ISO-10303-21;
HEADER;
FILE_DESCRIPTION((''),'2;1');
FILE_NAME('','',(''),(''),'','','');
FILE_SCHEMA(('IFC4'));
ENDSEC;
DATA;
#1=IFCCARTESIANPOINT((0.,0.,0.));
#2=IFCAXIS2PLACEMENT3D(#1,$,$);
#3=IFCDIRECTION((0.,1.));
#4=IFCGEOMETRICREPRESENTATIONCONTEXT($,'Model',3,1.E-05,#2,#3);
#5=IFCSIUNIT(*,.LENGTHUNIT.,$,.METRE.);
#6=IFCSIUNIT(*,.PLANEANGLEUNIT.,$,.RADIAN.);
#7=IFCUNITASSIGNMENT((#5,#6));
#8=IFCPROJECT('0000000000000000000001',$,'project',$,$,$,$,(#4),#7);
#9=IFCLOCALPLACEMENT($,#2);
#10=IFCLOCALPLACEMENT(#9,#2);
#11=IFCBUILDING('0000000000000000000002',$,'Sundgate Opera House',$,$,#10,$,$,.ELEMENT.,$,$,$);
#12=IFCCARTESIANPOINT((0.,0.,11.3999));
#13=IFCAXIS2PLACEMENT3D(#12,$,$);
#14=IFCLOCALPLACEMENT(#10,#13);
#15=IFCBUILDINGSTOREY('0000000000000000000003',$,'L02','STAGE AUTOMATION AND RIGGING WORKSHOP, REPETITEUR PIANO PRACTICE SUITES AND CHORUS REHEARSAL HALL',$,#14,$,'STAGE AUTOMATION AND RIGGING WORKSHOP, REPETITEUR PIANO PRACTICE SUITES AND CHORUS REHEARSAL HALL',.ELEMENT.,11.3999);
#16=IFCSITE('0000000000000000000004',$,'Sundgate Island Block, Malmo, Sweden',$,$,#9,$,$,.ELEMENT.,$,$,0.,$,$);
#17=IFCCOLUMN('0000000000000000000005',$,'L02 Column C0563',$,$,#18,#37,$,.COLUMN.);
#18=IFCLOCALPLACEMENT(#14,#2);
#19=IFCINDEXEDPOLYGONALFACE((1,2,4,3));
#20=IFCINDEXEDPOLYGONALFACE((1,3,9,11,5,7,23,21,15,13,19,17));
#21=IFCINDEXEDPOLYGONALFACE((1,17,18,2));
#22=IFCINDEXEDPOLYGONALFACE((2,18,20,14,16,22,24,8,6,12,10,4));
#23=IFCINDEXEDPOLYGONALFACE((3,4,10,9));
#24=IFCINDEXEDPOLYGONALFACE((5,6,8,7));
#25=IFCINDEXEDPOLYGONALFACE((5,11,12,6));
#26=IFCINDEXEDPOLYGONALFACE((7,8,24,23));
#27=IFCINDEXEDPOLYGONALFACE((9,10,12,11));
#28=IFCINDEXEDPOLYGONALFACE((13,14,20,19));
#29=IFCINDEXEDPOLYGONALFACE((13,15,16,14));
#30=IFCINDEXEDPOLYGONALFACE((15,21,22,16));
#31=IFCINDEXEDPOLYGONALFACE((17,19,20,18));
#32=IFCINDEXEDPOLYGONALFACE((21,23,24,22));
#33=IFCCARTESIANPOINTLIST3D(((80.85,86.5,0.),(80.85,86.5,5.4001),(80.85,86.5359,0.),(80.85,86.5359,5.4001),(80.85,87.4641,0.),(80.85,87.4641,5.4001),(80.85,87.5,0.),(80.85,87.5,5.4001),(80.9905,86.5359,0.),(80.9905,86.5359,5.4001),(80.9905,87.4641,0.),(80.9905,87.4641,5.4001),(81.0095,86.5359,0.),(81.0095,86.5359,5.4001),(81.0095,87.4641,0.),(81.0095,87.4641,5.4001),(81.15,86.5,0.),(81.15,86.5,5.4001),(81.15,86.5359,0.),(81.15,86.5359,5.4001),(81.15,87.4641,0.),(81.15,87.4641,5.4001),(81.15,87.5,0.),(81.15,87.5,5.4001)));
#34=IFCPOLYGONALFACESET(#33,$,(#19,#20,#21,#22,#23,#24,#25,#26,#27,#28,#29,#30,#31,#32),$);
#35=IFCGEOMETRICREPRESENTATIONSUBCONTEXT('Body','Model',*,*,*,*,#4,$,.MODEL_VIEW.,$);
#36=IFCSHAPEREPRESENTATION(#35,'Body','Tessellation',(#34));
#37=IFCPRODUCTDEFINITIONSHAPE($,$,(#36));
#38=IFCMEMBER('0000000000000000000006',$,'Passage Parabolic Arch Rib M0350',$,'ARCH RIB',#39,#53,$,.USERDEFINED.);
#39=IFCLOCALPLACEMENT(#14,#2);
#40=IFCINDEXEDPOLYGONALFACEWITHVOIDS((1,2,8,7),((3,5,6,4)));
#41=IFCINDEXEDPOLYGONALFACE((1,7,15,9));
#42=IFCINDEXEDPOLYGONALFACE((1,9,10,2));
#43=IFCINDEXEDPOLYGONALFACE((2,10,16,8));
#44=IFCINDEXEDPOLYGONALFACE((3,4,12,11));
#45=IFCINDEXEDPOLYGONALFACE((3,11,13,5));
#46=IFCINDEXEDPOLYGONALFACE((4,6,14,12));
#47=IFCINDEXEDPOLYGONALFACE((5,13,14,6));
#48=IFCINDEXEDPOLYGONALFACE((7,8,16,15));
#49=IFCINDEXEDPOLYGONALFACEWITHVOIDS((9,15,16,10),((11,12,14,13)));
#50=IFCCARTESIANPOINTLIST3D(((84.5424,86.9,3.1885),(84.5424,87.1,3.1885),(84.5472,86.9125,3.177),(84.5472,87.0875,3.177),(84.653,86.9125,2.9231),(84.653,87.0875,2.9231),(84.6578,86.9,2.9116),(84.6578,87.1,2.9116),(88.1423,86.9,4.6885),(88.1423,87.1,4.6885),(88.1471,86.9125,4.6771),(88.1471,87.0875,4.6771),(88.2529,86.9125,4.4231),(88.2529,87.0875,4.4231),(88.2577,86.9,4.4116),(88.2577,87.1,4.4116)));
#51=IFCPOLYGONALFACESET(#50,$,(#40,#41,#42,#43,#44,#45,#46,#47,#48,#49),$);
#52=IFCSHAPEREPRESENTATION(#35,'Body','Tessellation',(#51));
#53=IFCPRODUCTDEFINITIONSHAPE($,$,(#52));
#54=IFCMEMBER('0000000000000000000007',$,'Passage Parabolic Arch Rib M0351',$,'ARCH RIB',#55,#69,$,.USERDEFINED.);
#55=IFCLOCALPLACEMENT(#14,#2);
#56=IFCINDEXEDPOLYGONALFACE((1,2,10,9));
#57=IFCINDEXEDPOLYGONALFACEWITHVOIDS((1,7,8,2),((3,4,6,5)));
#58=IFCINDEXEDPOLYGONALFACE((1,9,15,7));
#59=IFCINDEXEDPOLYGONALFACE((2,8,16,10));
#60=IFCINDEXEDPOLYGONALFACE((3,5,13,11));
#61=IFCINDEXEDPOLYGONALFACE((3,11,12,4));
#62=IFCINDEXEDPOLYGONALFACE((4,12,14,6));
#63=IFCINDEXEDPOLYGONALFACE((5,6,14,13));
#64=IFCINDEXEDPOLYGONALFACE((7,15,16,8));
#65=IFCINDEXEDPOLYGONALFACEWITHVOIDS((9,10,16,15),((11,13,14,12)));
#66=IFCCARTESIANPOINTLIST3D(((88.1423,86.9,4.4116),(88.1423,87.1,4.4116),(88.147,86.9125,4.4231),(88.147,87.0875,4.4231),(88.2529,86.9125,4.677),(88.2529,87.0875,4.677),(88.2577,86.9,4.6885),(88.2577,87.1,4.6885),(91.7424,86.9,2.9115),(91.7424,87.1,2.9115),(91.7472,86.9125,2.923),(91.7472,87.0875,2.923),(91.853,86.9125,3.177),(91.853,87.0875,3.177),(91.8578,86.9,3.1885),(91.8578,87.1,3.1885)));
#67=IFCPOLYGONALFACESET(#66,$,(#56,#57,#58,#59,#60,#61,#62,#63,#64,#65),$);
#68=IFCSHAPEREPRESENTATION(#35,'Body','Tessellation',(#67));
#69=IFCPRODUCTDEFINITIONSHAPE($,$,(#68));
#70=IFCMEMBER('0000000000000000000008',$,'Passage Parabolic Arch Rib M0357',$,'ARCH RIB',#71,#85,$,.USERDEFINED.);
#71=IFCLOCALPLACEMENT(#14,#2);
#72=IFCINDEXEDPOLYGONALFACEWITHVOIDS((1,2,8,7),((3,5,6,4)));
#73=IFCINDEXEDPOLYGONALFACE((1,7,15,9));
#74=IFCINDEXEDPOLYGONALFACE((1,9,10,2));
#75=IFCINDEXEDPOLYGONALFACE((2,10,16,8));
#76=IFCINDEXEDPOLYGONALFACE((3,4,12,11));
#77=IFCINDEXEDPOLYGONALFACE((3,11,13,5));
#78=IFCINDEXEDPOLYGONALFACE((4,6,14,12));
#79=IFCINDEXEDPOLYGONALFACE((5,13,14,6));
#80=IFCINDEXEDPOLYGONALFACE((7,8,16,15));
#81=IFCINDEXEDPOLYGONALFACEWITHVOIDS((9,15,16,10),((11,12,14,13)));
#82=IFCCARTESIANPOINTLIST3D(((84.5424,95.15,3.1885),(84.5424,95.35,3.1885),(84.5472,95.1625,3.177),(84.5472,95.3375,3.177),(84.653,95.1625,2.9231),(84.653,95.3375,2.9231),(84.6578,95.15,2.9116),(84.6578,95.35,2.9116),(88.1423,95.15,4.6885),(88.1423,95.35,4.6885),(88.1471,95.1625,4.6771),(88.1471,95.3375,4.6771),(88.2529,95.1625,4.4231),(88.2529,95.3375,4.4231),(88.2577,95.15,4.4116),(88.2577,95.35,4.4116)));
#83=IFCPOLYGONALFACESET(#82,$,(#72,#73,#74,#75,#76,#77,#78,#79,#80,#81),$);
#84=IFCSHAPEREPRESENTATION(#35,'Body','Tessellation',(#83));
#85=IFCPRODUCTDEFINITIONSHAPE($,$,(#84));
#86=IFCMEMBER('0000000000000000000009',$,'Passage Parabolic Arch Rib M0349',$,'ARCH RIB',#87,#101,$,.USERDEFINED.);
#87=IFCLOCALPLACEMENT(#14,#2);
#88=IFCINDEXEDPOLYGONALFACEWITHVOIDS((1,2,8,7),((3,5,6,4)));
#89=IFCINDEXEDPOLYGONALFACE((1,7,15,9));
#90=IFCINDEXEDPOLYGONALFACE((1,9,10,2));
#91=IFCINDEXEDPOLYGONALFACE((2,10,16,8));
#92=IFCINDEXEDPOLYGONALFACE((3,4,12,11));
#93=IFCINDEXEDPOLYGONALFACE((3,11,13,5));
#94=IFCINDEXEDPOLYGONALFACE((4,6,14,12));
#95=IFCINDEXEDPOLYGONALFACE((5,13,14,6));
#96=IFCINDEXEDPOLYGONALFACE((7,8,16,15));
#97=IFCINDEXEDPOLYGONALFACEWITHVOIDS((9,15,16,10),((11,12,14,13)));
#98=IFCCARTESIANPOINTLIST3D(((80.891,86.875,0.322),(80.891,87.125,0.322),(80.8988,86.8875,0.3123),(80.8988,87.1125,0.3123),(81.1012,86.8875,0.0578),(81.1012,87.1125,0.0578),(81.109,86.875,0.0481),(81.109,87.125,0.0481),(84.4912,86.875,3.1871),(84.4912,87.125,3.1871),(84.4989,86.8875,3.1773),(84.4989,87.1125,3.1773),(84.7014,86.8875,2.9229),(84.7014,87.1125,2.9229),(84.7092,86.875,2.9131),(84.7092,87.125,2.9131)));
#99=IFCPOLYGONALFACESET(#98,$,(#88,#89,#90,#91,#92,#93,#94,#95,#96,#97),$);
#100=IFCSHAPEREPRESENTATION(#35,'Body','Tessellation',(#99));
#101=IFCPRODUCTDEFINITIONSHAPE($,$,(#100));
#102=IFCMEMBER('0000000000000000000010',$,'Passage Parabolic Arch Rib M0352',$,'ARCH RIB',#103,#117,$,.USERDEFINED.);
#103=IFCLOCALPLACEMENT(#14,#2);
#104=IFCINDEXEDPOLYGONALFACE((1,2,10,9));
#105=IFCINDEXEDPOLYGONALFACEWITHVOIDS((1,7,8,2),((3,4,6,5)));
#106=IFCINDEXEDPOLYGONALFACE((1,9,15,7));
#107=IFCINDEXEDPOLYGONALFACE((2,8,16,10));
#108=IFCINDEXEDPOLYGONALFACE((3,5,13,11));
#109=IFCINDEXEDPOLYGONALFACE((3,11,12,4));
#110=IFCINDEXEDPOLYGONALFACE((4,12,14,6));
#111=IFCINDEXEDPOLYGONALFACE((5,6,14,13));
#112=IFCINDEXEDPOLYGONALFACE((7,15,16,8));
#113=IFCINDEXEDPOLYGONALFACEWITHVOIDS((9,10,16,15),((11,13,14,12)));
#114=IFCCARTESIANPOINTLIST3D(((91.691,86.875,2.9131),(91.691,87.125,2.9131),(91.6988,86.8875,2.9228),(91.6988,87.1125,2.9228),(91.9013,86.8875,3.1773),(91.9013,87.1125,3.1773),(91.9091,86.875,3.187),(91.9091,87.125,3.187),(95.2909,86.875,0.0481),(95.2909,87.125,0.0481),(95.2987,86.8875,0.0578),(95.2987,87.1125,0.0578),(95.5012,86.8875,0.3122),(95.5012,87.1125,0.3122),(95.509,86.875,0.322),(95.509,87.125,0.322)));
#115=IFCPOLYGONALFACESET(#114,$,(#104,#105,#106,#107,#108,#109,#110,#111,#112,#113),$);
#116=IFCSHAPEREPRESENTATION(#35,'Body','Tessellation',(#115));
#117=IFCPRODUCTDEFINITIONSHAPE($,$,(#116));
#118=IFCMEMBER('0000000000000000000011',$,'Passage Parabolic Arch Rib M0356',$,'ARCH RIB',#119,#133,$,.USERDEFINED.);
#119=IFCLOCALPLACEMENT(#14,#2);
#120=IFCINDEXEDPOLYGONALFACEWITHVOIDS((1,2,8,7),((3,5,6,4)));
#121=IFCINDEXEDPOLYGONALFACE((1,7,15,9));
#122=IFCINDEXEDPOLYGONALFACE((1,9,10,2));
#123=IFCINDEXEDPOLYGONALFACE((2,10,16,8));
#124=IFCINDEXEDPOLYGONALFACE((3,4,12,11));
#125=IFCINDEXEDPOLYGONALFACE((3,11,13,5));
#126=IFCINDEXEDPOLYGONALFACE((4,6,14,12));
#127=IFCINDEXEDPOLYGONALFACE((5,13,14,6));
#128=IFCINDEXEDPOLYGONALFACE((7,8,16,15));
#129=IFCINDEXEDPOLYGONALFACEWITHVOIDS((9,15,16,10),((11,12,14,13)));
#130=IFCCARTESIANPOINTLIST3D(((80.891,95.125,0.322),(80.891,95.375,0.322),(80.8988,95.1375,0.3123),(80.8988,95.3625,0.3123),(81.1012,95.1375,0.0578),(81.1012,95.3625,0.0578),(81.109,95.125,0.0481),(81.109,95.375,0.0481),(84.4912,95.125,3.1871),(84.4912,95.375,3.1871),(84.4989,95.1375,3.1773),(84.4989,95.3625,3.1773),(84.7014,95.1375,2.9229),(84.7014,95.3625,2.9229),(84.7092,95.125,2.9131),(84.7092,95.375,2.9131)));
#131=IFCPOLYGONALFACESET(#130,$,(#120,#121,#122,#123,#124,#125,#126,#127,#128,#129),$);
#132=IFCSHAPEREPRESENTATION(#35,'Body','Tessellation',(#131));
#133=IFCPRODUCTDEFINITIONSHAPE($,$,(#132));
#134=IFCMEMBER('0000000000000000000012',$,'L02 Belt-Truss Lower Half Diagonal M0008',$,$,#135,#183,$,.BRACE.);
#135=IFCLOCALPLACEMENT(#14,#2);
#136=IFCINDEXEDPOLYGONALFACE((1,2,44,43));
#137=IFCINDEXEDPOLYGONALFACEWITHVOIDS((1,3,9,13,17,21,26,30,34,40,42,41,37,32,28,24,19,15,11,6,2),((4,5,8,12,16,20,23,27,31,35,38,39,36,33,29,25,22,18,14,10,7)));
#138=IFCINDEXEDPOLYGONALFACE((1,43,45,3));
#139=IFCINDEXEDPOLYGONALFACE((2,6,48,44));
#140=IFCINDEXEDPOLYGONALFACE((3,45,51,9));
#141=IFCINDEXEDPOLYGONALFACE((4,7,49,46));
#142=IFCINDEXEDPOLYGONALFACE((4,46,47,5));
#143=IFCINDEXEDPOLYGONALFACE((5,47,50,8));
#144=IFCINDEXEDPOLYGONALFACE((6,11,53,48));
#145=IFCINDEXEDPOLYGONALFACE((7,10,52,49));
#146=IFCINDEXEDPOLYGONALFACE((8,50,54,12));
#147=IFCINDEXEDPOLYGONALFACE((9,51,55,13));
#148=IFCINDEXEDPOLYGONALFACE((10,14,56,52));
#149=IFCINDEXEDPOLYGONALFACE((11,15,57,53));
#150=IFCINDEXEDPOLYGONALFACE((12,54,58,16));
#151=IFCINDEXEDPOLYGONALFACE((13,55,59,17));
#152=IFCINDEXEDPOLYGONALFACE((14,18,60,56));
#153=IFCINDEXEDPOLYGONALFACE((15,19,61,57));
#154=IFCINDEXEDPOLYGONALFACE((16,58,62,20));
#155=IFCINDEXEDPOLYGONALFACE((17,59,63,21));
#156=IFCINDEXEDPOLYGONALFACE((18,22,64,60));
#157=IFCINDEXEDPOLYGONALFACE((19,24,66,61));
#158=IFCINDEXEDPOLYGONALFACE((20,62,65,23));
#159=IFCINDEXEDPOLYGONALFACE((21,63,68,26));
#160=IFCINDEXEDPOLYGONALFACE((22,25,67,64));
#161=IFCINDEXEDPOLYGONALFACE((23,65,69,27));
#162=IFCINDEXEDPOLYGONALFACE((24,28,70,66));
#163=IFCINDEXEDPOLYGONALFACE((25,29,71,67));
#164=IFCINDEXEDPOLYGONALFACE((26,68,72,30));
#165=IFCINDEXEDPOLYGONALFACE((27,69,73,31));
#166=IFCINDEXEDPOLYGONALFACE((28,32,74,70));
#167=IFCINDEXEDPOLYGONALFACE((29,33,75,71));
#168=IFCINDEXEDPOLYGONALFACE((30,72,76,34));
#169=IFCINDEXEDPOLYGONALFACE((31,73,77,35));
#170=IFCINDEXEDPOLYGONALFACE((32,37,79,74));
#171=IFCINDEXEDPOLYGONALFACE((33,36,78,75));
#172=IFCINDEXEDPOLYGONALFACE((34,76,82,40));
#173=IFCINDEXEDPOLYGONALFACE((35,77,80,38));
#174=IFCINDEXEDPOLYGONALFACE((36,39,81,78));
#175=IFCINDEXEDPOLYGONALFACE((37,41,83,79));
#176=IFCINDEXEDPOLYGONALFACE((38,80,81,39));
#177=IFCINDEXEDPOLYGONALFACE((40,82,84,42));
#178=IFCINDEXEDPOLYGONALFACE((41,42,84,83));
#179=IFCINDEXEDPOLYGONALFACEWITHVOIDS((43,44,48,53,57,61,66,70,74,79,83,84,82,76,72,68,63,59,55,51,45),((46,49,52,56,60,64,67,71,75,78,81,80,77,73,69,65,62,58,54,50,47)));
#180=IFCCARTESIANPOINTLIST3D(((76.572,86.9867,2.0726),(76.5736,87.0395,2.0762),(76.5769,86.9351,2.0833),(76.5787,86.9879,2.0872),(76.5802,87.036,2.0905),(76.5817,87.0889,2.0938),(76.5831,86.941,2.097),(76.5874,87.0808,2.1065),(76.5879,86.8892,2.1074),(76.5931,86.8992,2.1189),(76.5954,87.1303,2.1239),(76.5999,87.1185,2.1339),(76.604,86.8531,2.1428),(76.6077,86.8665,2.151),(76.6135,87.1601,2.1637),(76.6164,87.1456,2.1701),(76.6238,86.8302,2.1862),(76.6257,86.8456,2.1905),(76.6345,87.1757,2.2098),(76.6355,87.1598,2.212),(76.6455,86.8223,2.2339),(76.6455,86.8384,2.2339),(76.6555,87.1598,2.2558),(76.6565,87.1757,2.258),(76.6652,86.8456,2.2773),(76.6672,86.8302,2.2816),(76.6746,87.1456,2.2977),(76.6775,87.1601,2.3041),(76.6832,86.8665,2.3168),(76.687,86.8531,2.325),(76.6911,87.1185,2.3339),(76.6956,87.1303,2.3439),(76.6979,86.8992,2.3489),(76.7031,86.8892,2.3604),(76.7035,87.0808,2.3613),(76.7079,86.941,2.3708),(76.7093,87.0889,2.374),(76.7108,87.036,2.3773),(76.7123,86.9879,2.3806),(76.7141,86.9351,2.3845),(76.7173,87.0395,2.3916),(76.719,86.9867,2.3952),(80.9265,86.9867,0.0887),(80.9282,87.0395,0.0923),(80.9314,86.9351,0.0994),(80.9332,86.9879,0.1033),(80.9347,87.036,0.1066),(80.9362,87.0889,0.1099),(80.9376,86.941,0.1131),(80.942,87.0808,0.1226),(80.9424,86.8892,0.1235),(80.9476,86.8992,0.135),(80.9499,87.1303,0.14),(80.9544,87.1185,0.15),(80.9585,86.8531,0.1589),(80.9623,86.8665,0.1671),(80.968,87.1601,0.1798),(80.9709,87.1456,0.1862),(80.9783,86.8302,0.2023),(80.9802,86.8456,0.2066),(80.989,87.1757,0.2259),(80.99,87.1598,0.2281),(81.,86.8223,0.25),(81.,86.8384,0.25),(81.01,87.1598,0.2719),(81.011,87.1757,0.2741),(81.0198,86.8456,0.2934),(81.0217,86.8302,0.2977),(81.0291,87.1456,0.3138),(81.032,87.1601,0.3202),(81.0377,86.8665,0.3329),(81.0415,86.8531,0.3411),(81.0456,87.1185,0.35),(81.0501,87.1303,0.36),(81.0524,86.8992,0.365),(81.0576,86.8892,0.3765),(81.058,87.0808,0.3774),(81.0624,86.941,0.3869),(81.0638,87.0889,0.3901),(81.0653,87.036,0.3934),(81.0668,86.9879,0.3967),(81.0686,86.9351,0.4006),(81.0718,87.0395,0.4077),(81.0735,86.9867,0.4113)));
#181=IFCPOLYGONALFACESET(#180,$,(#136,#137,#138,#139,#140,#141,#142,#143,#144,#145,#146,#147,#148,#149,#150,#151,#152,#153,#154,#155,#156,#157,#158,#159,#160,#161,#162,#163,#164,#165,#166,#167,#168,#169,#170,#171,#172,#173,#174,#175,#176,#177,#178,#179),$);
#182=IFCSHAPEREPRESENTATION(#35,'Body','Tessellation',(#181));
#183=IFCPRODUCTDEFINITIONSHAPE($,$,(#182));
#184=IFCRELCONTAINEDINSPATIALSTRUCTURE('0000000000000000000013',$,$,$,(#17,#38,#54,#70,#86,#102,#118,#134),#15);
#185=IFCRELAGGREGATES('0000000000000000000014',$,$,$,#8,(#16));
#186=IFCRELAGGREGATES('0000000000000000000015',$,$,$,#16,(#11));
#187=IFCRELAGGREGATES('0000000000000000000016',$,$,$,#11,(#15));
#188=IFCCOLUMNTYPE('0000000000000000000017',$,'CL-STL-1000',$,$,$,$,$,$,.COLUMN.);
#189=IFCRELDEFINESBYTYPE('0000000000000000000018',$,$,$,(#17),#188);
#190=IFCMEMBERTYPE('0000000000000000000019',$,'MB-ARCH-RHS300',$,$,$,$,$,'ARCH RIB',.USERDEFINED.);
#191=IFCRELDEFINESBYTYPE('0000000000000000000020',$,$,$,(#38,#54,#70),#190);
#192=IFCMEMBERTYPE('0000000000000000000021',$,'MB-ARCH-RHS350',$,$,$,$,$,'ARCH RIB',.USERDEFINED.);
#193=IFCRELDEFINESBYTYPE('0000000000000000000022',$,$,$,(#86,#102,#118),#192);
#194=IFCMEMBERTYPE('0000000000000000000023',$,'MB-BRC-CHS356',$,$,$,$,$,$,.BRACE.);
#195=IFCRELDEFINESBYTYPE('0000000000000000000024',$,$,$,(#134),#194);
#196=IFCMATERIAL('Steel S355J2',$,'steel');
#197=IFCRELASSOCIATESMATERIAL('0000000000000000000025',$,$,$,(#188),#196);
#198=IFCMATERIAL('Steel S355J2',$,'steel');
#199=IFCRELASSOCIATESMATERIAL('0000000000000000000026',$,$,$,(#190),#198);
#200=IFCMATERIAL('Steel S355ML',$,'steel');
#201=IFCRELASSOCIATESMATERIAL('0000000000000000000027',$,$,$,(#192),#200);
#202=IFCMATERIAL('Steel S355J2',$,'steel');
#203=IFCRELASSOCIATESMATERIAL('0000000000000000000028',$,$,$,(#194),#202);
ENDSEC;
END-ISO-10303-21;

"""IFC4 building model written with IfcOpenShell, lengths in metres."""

from ifc_helpers import new_model, si_unit, direction, frame, origin, origin_2d, place, context, subcontext, project, spatial, hollow_rectangle, hollow_circle, i_section, extrude, material, material_profile, profile_set, type_object, element, save


model = new_model("IFC4")

# Units and contexts
model_context = context("Model", 3, precision=1e-05, world=origin(), true_north=direction((0.0, 1.0)))
body_context = subcontext(model_context, "Body", "Model", "MODEL_VIEW")
ifc_project = project(units=[si_unit("LENGTHUNIT", "METRE"), si_unit("PLANEANGLEUNIT", "RADIAN")], contexts=[model_context])

# Site, building, storey
site_placement = place(None, origin())
site = spatial("IfcSite", under=ifc_project, at=site_placement, Name="Sundgate Island Block, Malmo, Sweden", CompositionType="ELEMENT", RefElevation=0.0)
building_placement = place(site_placement, origin())
building = spatial("IfcBuilding", under=site, at=building_placement, Name="Sundgate Opera House", CompositionType="ELEMENT")
storey_placement = place(building_placement, frame((0.0, 0.0, 11.3999)))
storey = spatial("IfcBuildingStorey", under=building, at=storey_placement, Name="L02", Description="STAGE AUTOMATION AND RIGGING WORKSHOP, REPETITEUR PIANO PRACTICE SUITES AND CHORUS REHEARSAL HALL", LongName="STAGE AUTOMATION AND RIGGING WORKSHOP, REPETITEUR PIANO PRACTICE SUITES AND CHORUS REHEARSAL HALL", CompositionType="ELEMENT", Elevation=11.3999)

# Column
ifc_material_1 = material(Name="Steel S355J2", Category="steel")
ifc_material_profile_1 = material_profile(ifc_material_1, i_section(OverallWidth=0.3, OverallDepth=1.0, WebThickness=0.019, FlangeThickness=0.0359, at=origin_2d()), Name="HEB 1000")
ifc_profile_set_1 = profile_set([ifc_material_profile_1], Name="Steel S355J2")
column_type = type_object("IfcColumnType", Name="CL-STL-1000", PredefinedType="COLUMN", material=ifc_profile_set_1)
column_placement = place(storey_placement, frame((81.0, 87.0, 0.0), z_axis=(0.0, 0.0, 1.0), x_axis=(1.0, 0.0, 0.0)))
element("IfcColumn", 1, at=column_placement, inside=storey, type_object=column_type, Name="L02 Column C0563", PredefinedType="COLUMN", context=body_context, shape_type="SweptSolid", body=[
    extrude(i_section(OverallWidth=0.3, OverallDepth=1.0, WebThickness=0.019, FlangeThickness=0.0359, at=origin_2d()), origin(), (0.0, 0.0, 1.0), 5.4001),
])

# Members
ifc_material_2 = material(Name="Steel S355J2", Category="steel")
ifc_material_profile_2 = material_profile(ifc_material_2, hollow_rectangle(XDim=0.2, YDim=0.3, WallThickness=0.0125, at=origin_2d()), Name="RHS 300x200x12.5")
ifc_profile_set_2 = profile_set([ifc_material_profile_2], Name="Steel S355J2")
member_type_1 = type_object("IfcMemberType", Name="MB-ARCH-RHS300", ElementType="ARCH RIB", PredefinedType="USERDEFINED", material=ifc_profile_set_2)
member_1_placement = place(storey_placement, frame((84.6001, 87.0, 3.05), z_axis=(0.923071, 0.0, 0.384629), x_axis=(0.0, 1.0, 0.0)))
element("IfcMember", 2, at=member_1_placement, inside=storey, type_object=member_type_1, Name="Passage Parabolic Arch Rib M0350", ObjectType="ARCH RIB", PredefinedType="USERDEFINED", context=body_context, shape_type="SweptSolid", body=[
    extrude(hollow_rectangle(XDim=0.2, YDim=0.3, WallThickness=0.0125, at=origin_2d()), origin(), (0.0, 0.0, 1.0), 3.8999),
])
member_2_placement = place(storey_placement, frame((88.2, 87.0, 4.55), z_axis=(0.923081, 0.0, -0.384606), x_axis=(0.0, 1.0, 0.0)))
element("IfcMember", 3, at=member_2_placement, inside=storey, type_object=member_type_1, Name="Passage Parabolic Arch Rib M0351", ObjectType="ARCH RIB", PredefinedType="USERDEFINED", context=body_context, shape_type="SweptSolid", body=[
    extrude(hollow_rectangle(XDim=0.2, YDim=0.3, WallThickness=0.0125, at=origin_2d()), origin(), (0.0, 0.0, 1.0), 3.9001),
])
member_3_placement = place(storey_placement, frame((84.6001, 95.25, 3.05), z_axis=(0.923071, 0.0, 0.384629), x_axis=(0.0, 1.0, 0.0)))
element("IfcMember", 4, at=member_3_placement, inside=storey, type_object=member_type_1, Name="Passage Parabolic Arch Rib M0357", ObjectType="ARCH RIB", PredefinedType="USERDEFINED", context=body_context, shape_type="SweptSolid", body=[
    extrude(hollow_rectangle(XDim=0.2, YDim=0.3, WallThickness=0.0125, at=origin_2d()), origin(), (0.0, 0.0, 1.0), 3.8999),
])
ifc_material_3 = material(Name="Steel S355ML", Category="steel")
ifc_material_profile_3 = material_profile(ifc_material_3, hollow_rectangle(XDim=0.25, YDim=0.3501, WallThickness=0.0125, at=origin_2d()), Name="RHS 350x250x12.5")
ifc_profile_set_3 = profile_set([ifc_material_profile_3], Name="Steel S355ML")
member_type_2 = type_object("IfcMemberType", Name="MB-ARCH-RHS350", ElementType="ARCH RIB", PredefinedType="USERDEFINED", material=ifc_profile_set_3)
member_4_placement = place(storey_placement, frame((81.0, 87.0, 0.1851), z_axis=(0.782466, 0.0, 0.622693), x_axis=(0.0, 1.0, 0.0)))
element("IfcMember", 5, at=member_4_placement, inside=storey, type_object=member_type_2, Name="Passage Parabolic Arch Rib M0349", ObjectType="ARCH RIB", PredefinedType="USERDEFINED", context=body_context, shape_type="SweptSolid", body=[
    extrude(hollow_rectangle(XDim=0.25, YDim=0.3501, WallThickness=0.0125, at=origin_2d()), origin(), (0.0, 0.0, 1.0), 4.6011),
])
member_5_placement = place(storey_placement, frame((91.8, 87.0, 3.05), z_axis=(0.782445, 0.0, -0.622719), x_axis=(0.0, 1.0, 0.0)))
element("IfcMember", 6, at=member_5_placement, inside=storey, type_object=member_type_2, Name="Passage Parabolic Arch Rib M0352", ObjectType="ARCH RIB", PredefinedType="USERDEFINED", context=body_context, shape_type="SweptSolid", body=[
    extrude(hollow_rectangle(XDim=0.25, YDim=0.3501, WallThickness=0.0125, at=origin_2d()), origin(), (0.0, 0.0, 1.0), 4.6008),
])
member_6_placement = place(storey_placement, frame((81.0, 95.25, 0.1851), z_axis=(0.782466, 0.0, 0.622693), x_axis=(0.0, 1.0, 0.0)))
element("IfcMember", 7, at=member_6_placement, inside=storey, type_object=member_type_2, Name="Passage Parabolic Arch Rib M0356", ObjectType="ARCH RIB", PredefinedType="USERDEFINED", context=body_context, shape_type="SweptSolid", body=[
    extrude(hollow_rectangle(XDim=0.25, YDim=0.3501, WallThickness=0.0125, at=origin_2d()), origin(), (0.0, 0.0, 1.0), 4.6011),
])
ifc_material_4 = material(Name="Steel S355J2", Category="steel")
ifc_material_profile_4 = material_profile(ifc_material_4, hollow_circle(Radius=0.1777, WallThickness=0.0161, at=origin_2d()), Name="CHS 355.6x16.0")
ifc_profile_set_4 = profile_set([ifc_material_profile_4], Name="Steel S355J2")
member_type_3 = type_object("IfcMemberType", Name="MB-BRC-CHS356", PredefinedType="BRACE", material=ifc_profile_set_4)
for number, where, z_axis, x_axis, name in (
    (8, (81.0, 87.0, 0.25), (-0.910006, 0.0, 0.414595), (0.0, -1.0, 0.0), "L02 Belt-Truss Lower Half Diagonal M0008"),
):
    element("IfcMember", number, at=place(storey_placement, frame(where, z_axis=z_axis, x_axis=x_axis)), inside=storey, type_object=member_type_3, Name=name, PredefinedType="BRACE", context=body_context, shape_type="SweptSolid", body=[
        extrude(hollow_circle(Radius=0.1777, WallThickness=0.0161, at=origin_2d()), origin(), (0.0, 0.0, 1.0), 4.7852),
    ])

save(model, "model.ifc")
